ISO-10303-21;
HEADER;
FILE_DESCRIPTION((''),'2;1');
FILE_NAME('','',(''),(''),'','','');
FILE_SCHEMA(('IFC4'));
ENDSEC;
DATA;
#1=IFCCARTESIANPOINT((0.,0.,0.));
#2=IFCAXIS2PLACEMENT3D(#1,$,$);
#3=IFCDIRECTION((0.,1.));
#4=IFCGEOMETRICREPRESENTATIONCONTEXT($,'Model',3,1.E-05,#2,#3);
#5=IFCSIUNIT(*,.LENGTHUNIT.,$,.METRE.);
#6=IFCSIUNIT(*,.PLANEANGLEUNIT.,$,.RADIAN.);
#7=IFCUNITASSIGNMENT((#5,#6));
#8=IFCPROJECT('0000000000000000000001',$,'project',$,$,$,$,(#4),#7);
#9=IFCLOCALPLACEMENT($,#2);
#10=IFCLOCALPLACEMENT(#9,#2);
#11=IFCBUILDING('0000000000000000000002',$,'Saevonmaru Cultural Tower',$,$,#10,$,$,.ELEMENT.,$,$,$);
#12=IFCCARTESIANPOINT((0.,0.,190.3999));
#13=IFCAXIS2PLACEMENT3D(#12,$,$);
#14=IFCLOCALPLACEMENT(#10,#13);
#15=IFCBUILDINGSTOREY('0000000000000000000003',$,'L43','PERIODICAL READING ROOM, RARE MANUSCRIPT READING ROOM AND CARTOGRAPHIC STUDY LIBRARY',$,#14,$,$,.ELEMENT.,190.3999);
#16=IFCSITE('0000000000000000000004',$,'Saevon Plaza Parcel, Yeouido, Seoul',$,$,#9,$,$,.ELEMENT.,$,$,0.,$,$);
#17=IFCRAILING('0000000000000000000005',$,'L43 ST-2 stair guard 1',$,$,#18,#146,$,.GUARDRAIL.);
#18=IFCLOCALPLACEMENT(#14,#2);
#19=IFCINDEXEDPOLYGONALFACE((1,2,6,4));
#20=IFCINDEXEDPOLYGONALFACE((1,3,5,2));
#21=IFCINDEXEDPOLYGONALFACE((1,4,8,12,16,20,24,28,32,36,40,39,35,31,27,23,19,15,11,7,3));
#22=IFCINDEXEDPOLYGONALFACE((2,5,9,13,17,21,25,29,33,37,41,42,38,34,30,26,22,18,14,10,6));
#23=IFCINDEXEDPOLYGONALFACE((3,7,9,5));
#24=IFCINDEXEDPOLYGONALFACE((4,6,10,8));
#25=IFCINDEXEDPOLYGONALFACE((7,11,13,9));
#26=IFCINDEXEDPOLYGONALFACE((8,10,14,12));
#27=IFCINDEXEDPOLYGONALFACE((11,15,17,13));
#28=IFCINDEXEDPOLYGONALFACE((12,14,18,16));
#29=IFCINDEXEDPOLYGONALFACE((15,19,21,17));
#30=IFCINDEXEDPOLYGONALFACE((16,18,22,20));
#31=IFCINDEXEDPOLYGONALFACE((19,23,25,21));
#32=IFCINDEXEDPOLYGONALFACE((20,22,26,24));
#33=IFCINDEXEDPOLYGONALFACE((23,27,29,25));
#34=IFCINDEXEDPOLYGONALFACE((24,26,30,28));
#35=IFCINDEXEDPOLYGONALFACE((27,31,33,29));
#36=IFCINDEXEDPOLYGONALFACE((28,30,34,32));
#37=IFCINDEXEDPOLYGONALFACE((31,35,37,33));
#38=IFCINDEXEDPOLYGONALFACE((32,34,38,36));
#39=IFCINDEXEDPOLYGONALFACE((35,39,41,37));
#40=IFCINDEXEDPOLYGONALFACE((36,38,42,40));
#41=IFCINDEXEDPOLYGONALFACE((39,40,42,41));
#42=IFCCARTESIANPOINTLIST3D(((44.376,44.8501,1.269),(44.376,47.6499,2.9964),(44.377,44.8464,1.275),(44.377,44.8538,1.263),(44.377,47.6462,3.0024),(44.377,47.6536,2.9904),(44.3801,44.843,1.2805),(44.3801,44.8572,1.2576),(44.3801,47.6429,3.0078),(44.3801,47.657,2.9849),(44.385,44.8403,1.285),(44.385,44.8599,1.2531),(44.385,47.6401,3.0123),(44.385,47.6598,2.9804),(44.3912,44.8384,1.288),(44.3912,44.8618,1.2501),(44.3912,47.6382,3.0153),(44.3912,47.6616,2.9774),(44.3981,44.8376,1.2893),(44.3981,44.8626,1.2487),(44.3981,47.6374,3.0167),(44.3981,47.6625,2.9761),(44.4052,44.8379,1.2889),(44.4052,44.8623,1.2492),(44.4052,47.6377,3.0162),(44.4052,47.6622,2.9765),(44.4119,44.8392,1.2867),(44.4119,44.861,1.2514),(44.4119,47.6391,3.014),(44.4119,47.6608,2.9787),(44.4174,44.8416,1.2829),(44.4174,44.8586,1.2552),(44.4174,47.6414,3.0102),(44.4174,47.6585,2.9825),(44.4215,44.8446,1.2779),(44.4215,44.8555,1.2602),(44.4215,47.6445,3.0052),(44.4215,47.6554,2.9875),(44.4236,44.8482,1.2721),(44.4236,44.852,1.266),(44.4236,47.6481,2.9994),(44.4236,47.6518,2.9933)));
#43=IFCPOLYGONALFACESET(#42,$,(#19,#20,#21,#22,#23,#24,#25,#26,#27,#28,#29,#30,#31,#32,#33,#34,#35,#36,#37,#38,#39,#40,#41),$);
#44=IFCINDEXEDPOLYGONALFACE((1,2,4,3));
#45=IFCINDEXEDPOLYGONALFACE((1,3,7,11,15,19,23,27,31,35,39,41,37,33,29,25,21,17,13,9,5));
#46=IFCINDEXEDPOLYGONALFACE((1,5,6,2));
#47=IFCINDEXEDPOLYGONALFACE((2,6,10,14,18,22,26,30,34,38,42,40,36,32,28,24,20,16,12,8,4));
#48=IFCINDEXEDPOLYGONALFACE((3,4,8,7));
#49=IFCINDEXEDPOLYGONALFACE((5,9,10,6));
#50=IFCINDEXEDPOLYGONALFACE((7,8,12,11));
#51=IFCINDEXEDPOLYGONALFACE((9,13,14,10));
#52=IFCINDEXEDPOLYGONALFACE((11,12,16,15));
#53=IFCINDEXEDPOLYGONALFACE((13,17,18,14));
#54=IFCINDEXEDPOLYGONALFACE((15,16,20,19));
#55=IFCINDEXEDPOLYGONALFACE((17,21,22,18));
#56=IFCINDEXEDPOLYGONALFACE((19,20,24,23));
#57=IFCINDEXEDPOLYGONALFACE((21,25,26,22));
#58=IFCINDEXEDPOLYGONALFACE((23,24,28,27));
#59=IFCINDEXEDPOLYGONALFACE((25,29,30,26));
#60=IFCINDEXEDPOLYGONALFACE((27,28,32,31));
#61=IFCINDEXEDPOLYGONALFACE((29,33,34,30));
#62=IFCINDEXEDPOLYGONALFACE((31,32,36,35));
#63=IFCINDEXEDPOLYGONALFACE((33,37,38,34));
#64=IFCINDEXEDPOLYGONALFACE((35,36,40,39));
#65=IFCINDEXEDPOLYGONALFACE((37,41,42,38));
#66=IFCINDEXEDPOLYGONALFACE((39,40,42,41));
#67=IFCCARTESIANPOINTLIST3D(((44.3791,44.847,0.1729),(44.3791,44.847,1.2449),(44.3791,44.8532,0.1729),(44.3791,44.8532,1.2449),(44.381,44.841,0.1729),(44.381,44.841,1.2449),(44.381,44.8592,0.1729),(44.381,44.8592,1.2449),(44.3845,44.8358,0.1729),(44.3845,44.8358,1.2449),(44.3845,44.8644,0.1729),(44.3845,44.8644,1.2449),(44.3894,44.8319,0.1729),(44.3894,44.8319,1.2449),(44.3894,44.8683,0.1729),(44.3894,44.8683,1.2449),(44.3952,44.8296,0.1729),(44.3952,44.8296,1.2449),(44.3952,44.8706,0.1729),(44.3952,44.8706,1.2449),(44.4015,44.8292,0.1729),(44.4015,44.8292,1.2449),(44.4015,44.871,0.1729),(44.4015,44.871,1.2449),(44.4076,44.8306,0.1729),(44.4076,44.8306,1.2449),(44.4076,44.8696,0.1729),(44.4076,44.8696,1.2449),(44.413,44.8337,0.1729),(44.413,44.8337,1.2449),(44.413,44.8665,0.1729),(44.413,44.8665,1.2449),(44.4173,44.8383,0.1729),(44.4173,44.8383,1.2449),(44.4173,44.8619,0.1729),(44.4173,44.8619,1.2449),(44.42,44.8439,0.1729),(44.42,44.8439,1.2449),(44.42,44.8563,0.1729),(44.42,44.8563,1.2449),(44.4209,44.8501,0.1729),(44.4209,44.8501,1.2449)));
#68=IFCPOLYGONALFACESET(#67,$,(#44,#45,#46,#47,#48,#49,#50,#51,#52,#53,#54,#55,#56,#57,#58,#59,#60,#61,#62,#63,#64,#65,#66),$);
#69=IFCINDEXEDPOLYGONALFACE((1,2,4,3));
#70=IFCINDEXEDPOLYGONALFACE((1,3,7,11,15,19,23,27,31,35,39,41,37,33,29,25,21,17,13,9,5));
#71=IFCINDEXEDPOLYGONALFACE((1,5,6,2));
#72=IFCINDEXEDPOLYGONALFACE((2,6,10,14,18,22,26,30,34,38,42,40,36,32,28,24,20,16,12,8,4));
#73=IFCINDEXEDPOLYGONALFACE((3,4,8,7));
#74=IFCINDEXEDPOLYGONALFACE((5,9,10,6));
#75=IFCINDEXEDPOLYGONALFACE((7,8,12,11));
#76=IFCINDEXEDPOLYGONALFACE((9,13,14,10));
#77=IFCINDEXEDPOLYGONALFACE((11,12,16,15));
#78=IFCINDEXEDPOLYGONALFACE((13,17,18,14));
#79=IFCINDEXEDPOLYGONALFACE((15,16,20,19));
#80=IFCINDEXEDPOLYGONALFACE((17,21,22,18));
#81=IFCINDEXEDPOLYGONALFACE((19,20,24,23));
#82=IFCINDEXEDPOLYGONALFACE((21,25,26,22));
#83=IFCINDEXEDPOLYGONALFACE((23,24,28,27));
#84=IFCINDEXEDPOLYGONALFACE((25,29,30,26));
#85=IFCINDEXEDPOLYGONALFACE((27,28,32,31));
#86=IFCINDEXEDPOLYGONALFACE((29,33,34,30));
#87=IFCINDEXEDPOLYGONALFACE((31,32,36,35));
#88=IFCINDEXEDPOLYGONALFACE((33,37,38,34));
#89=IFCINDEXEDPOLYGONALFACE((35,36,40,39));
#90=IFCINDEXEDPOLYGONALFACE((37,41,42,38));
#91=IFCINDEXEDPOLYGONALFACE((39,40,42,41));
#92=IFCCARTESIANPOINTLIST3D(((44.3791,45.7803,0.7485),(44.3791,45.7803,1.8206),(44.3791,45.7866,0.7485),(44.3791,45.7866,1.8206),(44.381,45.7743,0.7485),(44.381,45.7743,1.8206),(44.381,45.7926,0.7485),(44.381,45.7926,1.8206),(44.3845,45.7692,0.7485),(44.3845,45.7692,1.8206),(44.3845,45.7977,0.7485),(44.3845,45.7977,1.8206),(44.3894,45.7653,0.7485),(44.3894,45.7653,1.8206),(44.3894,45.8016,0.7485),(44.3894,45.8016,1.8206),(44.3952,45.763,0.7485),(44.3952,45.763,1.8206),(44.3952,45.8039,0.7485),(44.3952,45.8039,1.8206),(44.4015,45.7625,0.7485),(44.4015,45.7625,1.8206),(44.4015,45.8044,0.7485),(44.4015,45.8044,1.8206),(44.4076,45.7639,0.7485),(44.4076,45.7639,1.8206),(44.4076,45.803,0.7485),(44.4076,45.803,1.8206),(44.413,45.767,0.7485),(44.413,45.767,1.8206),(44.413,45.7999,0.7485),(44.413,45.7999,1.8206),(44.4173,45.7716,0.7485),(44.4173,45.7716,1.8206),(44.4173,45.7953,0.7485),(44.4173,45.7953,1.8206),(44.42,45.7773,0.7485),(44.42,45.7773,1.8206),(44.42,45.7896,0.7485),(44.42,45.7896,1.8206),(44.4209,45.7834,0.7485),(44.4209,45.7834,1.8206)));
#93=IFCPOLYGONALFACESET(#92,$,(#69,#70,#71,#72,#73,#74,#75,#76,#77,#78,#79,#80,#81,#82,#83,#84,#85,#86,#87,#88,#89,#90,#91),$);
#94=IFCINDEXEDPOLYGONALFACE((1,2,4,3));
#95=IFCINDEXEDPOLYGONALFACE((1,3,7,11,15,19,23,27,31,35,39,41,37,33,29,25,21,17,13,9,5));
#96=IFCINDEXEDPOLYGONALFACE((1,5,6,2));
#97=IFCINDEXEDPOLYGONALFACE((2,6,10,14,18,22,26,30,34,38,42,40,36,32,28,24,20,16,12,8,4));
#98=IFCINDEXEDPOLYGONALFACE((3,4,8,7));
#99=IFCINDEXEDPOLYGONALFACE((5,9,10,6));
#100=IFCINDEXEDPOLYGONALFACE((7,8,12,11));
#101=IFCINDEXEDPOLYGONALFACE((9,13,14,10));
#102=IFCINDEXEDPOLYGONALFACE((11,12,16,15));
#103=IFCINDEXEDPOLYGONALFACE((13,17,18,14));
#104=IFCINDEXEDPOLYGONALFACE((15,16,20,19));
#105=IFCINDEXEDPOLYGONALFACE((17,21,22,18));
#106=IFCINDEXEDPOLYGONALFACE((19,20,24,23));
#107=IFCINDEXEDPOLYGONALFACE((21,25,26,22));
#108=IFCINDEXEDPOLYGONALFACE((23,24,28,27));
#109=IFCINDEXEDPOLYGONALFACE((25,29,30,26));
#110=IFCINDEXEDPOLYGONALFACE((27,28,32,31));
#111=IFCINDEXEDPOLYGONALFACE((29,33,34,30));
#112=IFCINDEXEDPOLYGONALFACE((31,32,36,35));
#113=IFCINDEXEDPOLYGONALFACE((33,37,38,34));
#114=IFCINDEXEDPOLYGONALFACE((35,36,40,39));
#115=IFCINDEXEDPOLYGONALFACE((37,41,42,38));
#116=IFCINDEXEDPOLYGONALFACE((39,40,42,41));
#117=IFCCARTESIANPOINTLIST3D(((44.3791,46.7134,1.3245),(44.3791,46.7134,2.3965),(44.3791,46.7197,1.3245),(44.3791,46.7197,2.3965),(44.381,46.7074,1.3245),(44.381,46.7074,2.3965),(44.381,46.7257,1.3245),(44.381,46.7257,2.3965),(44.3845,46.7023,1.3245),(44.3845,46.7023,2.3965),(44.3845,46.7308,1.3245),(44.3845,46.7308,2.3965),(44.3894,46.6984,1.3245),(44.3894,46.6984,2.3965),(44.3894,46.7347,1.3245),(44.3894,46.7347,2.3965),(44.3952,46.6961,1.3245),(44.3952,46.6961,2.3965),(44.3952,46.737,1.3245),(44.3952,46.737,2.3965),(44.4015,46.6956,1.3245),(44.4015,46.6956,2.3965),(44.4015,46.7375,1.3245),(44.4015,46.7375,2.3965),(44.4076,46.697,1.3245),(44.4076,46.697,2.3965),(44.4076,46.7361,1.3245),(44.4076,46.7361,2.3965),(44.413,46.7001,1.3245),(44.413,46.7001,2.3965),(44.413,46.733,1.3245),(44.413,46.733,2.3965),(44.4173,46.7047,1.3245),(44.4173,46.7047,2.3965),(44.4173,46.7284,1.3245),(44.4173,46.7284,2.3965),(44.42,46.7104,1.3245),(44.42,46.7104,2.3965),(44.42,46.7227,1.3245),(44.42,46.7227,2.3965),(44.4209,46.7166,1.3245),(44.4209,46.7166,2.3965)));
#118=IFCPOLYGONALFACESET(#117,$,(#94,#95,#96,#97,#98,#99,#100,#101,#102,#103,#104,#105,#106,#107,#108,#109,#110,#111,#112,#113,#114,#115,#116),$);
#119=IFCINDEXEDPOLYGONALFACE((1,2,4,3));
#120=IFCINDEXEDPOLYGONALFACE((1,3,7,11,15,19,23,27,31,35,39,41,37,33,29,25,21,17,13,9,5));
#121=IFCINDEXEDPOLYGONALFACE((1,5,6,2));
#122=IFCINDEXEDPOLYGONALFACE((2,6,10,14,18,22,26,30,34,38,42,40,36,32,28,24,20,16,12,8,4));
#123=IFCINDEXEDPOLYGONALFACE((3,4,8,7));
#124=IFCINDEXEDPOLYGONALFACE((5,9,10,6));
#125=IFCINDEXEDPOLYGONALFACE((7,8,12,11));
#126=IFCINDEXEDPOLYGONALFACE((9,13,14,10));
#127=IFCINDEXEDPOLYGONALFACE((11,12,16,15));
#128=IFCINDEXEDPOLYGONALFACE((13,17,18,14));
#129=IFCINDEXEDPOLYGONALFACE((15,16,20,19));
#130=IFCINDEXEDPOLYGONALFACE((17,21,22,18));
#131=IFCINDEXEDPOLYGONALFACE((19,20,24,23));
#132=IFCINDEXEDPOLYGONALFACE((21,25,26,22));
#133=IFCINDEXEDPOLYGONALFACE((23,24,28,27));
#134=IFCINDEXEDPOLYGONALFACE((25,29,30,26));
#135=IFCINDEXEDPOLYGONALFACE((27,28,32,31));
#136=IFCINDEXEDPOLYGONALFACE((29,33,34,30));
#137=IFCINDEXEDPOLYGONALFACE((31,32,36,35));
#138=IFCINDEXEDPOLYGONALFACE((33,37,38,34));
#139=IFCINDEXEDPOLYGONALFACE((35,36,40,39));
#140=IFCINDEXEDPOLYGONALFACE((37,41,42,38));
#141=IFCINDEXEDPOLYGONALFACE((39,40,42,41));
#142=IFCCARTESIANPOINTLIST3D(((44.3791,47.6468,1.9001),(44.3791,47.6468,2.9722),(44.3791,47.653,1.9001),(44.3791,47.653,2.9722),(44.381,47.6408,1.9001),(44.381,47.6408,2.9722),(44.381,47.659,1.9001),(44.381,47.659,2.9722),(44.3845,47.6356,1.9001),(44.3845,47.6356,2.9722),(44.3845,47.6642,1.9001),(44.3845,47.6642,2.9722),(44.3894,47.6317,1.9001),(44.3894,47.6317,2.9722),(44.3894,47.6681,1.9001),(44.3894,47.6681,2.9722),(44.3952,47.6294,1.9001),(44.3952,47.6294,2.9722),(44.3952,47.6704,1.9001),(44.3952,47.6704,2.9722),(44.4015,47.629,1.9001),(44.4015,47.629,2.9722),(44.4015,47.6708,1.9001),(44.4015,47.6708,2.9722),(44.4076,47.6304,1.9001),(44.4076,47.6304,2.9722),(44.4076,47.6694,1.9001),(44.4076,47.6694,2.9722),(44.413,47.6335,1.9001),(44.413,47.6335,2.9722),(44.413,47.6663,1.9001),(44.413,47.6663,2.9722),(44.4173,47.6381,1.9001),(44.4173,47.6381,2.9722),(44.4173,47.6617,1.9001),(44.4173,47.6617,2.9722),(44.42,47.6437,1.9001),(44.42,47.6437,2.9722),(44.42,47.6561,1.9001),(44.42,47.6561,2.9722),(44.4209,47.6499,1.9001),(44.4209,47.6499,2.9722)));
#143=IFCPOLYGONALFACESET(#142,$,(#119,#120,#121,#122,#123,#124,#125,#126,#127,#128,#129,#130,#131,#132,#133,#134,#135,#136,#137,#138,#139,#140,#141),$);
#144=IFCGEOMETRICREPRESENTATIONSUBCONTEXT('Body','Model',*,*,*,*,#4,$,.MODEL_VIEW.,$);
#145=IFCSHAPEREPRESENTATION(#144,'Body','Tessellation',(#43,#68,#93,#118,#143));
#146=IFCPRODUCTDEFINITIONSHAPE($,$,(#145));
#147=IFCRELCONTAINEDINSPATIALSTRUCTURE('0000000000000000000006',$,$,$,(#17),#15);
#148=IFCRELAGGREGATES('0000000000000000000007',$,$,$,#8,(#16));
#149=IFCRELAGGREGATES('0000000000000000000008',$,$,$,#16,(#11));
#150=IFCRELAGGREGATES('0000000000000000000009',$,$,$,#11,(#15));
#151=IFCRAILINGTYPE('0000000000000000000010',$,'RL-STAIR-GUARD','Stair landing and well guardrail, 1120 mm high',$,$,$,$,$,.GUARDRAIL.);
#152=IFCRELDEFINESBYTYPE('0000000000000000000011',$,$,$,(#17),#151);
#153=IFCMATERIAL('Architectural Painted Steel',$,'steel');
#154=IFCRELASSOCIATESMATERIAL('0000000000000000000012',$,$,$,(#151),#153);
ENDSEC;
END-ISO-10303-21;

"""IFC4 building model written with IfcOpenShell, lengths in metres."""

from ifc_helpers import new_model, si_unit, direction, frame, origin, origin_2d, place, context, subcontext, project, spatial, circle, extrude, material, type_object, element, save


model = new_model("IFC4")

# Units and contexts
model_context = context("Model", 3, precision=1e-05, world=origin(), true_north=direction((0.0, 1.0)))
body_context = subcontext(model_context, "Body", "Model", "MODEL_VIEW")
ifc_project = project(units=[si_unit("LENGTHUNIT", "METRE"), si_unit("PLANEANGLEUNIT", "RADIAN")], contexts=[model_context])

# Site, building, storey
site_placement = place(None, origin())
site = spatial("IfcSite", under=ifc_project, at=site_placement, Name="Saevon Plaza Parcel, Yeouido, Seoul", CompositionType="ELEMENT", RefElevation=0.0)
building_placement = place(site_placement, origin())
building = spatial("IfcBuilding", under=site, at=building_placement, Name="Saevonmaru Cultural Tower", CompositionType="ELEMENT")
storey_placement = place(building_placement, frame((0.0, 0.0, 190.3999)))
storey = spatial("IfcBuildingStorey", under=building, at=storey_placement, Name="L43", Description="PERIODICAL READING ROOM, RARE MANUSCRIPT READING ROOM AND CARTOGRAPHIC STUDY LIBRARY", CompositionType="ELEMENT", Elevation=190.3999)

# Railing
ifc_material_1 = material(Name="Architectural Painted Steel", Category="steel")
railing_type_1 = type_object("IfcRailingType", Name="RL-STAIR-GUARD", Description="Stair landing and well guardrail, 1120 mm high", PredefinedType="GUARDRAIL", material=ifc_material_1)
railing_1_placement = place(storey_placement, frame((44.3999, 44.8501, 0.1729)))
element("IfcRailing", 1, at=railing_1_placement, inside=storey, type_object=railing_type_1, Name="L43 ST-2 stair guard 1", PredefinedType="GUARDRAIL", context=body_context, shape_type="SweptSolid", body=[
    extrude(circle(Radius=0.0239, at=origin_2d()), frame((0.0, 0.0, 1.0962), z_axis=(0.0, 0.851069, 0.525054), x_axis=(-1.0, 0.0, 0.0)), (0.0, 0.0, 1.0), 3.2898),
    extrude(circle(Radius=0.021, at=origin_2d()), origin(), (0.0, 0.0, 1.0), 1.072),
    extrude(circle(Radius=0.021, at=origin_2d()), frame((0.0, 0.9333, 0.5757)), (0.0, 0.0, 1.0), 1.072),
    extrude(circle(Radius=0.021, at=origin_2d()), frame((0.0, 1.8665, 1.1516)), (0.0, 0.0, 1.0), 1.072),
    extrude(circle(Radius=0.021, at=origin_2d()), frame((0.0, 2.7998, 1.7273)), (0.0, 0.0, 1.0), 1.072),
])

save(model, "model.ifc")
